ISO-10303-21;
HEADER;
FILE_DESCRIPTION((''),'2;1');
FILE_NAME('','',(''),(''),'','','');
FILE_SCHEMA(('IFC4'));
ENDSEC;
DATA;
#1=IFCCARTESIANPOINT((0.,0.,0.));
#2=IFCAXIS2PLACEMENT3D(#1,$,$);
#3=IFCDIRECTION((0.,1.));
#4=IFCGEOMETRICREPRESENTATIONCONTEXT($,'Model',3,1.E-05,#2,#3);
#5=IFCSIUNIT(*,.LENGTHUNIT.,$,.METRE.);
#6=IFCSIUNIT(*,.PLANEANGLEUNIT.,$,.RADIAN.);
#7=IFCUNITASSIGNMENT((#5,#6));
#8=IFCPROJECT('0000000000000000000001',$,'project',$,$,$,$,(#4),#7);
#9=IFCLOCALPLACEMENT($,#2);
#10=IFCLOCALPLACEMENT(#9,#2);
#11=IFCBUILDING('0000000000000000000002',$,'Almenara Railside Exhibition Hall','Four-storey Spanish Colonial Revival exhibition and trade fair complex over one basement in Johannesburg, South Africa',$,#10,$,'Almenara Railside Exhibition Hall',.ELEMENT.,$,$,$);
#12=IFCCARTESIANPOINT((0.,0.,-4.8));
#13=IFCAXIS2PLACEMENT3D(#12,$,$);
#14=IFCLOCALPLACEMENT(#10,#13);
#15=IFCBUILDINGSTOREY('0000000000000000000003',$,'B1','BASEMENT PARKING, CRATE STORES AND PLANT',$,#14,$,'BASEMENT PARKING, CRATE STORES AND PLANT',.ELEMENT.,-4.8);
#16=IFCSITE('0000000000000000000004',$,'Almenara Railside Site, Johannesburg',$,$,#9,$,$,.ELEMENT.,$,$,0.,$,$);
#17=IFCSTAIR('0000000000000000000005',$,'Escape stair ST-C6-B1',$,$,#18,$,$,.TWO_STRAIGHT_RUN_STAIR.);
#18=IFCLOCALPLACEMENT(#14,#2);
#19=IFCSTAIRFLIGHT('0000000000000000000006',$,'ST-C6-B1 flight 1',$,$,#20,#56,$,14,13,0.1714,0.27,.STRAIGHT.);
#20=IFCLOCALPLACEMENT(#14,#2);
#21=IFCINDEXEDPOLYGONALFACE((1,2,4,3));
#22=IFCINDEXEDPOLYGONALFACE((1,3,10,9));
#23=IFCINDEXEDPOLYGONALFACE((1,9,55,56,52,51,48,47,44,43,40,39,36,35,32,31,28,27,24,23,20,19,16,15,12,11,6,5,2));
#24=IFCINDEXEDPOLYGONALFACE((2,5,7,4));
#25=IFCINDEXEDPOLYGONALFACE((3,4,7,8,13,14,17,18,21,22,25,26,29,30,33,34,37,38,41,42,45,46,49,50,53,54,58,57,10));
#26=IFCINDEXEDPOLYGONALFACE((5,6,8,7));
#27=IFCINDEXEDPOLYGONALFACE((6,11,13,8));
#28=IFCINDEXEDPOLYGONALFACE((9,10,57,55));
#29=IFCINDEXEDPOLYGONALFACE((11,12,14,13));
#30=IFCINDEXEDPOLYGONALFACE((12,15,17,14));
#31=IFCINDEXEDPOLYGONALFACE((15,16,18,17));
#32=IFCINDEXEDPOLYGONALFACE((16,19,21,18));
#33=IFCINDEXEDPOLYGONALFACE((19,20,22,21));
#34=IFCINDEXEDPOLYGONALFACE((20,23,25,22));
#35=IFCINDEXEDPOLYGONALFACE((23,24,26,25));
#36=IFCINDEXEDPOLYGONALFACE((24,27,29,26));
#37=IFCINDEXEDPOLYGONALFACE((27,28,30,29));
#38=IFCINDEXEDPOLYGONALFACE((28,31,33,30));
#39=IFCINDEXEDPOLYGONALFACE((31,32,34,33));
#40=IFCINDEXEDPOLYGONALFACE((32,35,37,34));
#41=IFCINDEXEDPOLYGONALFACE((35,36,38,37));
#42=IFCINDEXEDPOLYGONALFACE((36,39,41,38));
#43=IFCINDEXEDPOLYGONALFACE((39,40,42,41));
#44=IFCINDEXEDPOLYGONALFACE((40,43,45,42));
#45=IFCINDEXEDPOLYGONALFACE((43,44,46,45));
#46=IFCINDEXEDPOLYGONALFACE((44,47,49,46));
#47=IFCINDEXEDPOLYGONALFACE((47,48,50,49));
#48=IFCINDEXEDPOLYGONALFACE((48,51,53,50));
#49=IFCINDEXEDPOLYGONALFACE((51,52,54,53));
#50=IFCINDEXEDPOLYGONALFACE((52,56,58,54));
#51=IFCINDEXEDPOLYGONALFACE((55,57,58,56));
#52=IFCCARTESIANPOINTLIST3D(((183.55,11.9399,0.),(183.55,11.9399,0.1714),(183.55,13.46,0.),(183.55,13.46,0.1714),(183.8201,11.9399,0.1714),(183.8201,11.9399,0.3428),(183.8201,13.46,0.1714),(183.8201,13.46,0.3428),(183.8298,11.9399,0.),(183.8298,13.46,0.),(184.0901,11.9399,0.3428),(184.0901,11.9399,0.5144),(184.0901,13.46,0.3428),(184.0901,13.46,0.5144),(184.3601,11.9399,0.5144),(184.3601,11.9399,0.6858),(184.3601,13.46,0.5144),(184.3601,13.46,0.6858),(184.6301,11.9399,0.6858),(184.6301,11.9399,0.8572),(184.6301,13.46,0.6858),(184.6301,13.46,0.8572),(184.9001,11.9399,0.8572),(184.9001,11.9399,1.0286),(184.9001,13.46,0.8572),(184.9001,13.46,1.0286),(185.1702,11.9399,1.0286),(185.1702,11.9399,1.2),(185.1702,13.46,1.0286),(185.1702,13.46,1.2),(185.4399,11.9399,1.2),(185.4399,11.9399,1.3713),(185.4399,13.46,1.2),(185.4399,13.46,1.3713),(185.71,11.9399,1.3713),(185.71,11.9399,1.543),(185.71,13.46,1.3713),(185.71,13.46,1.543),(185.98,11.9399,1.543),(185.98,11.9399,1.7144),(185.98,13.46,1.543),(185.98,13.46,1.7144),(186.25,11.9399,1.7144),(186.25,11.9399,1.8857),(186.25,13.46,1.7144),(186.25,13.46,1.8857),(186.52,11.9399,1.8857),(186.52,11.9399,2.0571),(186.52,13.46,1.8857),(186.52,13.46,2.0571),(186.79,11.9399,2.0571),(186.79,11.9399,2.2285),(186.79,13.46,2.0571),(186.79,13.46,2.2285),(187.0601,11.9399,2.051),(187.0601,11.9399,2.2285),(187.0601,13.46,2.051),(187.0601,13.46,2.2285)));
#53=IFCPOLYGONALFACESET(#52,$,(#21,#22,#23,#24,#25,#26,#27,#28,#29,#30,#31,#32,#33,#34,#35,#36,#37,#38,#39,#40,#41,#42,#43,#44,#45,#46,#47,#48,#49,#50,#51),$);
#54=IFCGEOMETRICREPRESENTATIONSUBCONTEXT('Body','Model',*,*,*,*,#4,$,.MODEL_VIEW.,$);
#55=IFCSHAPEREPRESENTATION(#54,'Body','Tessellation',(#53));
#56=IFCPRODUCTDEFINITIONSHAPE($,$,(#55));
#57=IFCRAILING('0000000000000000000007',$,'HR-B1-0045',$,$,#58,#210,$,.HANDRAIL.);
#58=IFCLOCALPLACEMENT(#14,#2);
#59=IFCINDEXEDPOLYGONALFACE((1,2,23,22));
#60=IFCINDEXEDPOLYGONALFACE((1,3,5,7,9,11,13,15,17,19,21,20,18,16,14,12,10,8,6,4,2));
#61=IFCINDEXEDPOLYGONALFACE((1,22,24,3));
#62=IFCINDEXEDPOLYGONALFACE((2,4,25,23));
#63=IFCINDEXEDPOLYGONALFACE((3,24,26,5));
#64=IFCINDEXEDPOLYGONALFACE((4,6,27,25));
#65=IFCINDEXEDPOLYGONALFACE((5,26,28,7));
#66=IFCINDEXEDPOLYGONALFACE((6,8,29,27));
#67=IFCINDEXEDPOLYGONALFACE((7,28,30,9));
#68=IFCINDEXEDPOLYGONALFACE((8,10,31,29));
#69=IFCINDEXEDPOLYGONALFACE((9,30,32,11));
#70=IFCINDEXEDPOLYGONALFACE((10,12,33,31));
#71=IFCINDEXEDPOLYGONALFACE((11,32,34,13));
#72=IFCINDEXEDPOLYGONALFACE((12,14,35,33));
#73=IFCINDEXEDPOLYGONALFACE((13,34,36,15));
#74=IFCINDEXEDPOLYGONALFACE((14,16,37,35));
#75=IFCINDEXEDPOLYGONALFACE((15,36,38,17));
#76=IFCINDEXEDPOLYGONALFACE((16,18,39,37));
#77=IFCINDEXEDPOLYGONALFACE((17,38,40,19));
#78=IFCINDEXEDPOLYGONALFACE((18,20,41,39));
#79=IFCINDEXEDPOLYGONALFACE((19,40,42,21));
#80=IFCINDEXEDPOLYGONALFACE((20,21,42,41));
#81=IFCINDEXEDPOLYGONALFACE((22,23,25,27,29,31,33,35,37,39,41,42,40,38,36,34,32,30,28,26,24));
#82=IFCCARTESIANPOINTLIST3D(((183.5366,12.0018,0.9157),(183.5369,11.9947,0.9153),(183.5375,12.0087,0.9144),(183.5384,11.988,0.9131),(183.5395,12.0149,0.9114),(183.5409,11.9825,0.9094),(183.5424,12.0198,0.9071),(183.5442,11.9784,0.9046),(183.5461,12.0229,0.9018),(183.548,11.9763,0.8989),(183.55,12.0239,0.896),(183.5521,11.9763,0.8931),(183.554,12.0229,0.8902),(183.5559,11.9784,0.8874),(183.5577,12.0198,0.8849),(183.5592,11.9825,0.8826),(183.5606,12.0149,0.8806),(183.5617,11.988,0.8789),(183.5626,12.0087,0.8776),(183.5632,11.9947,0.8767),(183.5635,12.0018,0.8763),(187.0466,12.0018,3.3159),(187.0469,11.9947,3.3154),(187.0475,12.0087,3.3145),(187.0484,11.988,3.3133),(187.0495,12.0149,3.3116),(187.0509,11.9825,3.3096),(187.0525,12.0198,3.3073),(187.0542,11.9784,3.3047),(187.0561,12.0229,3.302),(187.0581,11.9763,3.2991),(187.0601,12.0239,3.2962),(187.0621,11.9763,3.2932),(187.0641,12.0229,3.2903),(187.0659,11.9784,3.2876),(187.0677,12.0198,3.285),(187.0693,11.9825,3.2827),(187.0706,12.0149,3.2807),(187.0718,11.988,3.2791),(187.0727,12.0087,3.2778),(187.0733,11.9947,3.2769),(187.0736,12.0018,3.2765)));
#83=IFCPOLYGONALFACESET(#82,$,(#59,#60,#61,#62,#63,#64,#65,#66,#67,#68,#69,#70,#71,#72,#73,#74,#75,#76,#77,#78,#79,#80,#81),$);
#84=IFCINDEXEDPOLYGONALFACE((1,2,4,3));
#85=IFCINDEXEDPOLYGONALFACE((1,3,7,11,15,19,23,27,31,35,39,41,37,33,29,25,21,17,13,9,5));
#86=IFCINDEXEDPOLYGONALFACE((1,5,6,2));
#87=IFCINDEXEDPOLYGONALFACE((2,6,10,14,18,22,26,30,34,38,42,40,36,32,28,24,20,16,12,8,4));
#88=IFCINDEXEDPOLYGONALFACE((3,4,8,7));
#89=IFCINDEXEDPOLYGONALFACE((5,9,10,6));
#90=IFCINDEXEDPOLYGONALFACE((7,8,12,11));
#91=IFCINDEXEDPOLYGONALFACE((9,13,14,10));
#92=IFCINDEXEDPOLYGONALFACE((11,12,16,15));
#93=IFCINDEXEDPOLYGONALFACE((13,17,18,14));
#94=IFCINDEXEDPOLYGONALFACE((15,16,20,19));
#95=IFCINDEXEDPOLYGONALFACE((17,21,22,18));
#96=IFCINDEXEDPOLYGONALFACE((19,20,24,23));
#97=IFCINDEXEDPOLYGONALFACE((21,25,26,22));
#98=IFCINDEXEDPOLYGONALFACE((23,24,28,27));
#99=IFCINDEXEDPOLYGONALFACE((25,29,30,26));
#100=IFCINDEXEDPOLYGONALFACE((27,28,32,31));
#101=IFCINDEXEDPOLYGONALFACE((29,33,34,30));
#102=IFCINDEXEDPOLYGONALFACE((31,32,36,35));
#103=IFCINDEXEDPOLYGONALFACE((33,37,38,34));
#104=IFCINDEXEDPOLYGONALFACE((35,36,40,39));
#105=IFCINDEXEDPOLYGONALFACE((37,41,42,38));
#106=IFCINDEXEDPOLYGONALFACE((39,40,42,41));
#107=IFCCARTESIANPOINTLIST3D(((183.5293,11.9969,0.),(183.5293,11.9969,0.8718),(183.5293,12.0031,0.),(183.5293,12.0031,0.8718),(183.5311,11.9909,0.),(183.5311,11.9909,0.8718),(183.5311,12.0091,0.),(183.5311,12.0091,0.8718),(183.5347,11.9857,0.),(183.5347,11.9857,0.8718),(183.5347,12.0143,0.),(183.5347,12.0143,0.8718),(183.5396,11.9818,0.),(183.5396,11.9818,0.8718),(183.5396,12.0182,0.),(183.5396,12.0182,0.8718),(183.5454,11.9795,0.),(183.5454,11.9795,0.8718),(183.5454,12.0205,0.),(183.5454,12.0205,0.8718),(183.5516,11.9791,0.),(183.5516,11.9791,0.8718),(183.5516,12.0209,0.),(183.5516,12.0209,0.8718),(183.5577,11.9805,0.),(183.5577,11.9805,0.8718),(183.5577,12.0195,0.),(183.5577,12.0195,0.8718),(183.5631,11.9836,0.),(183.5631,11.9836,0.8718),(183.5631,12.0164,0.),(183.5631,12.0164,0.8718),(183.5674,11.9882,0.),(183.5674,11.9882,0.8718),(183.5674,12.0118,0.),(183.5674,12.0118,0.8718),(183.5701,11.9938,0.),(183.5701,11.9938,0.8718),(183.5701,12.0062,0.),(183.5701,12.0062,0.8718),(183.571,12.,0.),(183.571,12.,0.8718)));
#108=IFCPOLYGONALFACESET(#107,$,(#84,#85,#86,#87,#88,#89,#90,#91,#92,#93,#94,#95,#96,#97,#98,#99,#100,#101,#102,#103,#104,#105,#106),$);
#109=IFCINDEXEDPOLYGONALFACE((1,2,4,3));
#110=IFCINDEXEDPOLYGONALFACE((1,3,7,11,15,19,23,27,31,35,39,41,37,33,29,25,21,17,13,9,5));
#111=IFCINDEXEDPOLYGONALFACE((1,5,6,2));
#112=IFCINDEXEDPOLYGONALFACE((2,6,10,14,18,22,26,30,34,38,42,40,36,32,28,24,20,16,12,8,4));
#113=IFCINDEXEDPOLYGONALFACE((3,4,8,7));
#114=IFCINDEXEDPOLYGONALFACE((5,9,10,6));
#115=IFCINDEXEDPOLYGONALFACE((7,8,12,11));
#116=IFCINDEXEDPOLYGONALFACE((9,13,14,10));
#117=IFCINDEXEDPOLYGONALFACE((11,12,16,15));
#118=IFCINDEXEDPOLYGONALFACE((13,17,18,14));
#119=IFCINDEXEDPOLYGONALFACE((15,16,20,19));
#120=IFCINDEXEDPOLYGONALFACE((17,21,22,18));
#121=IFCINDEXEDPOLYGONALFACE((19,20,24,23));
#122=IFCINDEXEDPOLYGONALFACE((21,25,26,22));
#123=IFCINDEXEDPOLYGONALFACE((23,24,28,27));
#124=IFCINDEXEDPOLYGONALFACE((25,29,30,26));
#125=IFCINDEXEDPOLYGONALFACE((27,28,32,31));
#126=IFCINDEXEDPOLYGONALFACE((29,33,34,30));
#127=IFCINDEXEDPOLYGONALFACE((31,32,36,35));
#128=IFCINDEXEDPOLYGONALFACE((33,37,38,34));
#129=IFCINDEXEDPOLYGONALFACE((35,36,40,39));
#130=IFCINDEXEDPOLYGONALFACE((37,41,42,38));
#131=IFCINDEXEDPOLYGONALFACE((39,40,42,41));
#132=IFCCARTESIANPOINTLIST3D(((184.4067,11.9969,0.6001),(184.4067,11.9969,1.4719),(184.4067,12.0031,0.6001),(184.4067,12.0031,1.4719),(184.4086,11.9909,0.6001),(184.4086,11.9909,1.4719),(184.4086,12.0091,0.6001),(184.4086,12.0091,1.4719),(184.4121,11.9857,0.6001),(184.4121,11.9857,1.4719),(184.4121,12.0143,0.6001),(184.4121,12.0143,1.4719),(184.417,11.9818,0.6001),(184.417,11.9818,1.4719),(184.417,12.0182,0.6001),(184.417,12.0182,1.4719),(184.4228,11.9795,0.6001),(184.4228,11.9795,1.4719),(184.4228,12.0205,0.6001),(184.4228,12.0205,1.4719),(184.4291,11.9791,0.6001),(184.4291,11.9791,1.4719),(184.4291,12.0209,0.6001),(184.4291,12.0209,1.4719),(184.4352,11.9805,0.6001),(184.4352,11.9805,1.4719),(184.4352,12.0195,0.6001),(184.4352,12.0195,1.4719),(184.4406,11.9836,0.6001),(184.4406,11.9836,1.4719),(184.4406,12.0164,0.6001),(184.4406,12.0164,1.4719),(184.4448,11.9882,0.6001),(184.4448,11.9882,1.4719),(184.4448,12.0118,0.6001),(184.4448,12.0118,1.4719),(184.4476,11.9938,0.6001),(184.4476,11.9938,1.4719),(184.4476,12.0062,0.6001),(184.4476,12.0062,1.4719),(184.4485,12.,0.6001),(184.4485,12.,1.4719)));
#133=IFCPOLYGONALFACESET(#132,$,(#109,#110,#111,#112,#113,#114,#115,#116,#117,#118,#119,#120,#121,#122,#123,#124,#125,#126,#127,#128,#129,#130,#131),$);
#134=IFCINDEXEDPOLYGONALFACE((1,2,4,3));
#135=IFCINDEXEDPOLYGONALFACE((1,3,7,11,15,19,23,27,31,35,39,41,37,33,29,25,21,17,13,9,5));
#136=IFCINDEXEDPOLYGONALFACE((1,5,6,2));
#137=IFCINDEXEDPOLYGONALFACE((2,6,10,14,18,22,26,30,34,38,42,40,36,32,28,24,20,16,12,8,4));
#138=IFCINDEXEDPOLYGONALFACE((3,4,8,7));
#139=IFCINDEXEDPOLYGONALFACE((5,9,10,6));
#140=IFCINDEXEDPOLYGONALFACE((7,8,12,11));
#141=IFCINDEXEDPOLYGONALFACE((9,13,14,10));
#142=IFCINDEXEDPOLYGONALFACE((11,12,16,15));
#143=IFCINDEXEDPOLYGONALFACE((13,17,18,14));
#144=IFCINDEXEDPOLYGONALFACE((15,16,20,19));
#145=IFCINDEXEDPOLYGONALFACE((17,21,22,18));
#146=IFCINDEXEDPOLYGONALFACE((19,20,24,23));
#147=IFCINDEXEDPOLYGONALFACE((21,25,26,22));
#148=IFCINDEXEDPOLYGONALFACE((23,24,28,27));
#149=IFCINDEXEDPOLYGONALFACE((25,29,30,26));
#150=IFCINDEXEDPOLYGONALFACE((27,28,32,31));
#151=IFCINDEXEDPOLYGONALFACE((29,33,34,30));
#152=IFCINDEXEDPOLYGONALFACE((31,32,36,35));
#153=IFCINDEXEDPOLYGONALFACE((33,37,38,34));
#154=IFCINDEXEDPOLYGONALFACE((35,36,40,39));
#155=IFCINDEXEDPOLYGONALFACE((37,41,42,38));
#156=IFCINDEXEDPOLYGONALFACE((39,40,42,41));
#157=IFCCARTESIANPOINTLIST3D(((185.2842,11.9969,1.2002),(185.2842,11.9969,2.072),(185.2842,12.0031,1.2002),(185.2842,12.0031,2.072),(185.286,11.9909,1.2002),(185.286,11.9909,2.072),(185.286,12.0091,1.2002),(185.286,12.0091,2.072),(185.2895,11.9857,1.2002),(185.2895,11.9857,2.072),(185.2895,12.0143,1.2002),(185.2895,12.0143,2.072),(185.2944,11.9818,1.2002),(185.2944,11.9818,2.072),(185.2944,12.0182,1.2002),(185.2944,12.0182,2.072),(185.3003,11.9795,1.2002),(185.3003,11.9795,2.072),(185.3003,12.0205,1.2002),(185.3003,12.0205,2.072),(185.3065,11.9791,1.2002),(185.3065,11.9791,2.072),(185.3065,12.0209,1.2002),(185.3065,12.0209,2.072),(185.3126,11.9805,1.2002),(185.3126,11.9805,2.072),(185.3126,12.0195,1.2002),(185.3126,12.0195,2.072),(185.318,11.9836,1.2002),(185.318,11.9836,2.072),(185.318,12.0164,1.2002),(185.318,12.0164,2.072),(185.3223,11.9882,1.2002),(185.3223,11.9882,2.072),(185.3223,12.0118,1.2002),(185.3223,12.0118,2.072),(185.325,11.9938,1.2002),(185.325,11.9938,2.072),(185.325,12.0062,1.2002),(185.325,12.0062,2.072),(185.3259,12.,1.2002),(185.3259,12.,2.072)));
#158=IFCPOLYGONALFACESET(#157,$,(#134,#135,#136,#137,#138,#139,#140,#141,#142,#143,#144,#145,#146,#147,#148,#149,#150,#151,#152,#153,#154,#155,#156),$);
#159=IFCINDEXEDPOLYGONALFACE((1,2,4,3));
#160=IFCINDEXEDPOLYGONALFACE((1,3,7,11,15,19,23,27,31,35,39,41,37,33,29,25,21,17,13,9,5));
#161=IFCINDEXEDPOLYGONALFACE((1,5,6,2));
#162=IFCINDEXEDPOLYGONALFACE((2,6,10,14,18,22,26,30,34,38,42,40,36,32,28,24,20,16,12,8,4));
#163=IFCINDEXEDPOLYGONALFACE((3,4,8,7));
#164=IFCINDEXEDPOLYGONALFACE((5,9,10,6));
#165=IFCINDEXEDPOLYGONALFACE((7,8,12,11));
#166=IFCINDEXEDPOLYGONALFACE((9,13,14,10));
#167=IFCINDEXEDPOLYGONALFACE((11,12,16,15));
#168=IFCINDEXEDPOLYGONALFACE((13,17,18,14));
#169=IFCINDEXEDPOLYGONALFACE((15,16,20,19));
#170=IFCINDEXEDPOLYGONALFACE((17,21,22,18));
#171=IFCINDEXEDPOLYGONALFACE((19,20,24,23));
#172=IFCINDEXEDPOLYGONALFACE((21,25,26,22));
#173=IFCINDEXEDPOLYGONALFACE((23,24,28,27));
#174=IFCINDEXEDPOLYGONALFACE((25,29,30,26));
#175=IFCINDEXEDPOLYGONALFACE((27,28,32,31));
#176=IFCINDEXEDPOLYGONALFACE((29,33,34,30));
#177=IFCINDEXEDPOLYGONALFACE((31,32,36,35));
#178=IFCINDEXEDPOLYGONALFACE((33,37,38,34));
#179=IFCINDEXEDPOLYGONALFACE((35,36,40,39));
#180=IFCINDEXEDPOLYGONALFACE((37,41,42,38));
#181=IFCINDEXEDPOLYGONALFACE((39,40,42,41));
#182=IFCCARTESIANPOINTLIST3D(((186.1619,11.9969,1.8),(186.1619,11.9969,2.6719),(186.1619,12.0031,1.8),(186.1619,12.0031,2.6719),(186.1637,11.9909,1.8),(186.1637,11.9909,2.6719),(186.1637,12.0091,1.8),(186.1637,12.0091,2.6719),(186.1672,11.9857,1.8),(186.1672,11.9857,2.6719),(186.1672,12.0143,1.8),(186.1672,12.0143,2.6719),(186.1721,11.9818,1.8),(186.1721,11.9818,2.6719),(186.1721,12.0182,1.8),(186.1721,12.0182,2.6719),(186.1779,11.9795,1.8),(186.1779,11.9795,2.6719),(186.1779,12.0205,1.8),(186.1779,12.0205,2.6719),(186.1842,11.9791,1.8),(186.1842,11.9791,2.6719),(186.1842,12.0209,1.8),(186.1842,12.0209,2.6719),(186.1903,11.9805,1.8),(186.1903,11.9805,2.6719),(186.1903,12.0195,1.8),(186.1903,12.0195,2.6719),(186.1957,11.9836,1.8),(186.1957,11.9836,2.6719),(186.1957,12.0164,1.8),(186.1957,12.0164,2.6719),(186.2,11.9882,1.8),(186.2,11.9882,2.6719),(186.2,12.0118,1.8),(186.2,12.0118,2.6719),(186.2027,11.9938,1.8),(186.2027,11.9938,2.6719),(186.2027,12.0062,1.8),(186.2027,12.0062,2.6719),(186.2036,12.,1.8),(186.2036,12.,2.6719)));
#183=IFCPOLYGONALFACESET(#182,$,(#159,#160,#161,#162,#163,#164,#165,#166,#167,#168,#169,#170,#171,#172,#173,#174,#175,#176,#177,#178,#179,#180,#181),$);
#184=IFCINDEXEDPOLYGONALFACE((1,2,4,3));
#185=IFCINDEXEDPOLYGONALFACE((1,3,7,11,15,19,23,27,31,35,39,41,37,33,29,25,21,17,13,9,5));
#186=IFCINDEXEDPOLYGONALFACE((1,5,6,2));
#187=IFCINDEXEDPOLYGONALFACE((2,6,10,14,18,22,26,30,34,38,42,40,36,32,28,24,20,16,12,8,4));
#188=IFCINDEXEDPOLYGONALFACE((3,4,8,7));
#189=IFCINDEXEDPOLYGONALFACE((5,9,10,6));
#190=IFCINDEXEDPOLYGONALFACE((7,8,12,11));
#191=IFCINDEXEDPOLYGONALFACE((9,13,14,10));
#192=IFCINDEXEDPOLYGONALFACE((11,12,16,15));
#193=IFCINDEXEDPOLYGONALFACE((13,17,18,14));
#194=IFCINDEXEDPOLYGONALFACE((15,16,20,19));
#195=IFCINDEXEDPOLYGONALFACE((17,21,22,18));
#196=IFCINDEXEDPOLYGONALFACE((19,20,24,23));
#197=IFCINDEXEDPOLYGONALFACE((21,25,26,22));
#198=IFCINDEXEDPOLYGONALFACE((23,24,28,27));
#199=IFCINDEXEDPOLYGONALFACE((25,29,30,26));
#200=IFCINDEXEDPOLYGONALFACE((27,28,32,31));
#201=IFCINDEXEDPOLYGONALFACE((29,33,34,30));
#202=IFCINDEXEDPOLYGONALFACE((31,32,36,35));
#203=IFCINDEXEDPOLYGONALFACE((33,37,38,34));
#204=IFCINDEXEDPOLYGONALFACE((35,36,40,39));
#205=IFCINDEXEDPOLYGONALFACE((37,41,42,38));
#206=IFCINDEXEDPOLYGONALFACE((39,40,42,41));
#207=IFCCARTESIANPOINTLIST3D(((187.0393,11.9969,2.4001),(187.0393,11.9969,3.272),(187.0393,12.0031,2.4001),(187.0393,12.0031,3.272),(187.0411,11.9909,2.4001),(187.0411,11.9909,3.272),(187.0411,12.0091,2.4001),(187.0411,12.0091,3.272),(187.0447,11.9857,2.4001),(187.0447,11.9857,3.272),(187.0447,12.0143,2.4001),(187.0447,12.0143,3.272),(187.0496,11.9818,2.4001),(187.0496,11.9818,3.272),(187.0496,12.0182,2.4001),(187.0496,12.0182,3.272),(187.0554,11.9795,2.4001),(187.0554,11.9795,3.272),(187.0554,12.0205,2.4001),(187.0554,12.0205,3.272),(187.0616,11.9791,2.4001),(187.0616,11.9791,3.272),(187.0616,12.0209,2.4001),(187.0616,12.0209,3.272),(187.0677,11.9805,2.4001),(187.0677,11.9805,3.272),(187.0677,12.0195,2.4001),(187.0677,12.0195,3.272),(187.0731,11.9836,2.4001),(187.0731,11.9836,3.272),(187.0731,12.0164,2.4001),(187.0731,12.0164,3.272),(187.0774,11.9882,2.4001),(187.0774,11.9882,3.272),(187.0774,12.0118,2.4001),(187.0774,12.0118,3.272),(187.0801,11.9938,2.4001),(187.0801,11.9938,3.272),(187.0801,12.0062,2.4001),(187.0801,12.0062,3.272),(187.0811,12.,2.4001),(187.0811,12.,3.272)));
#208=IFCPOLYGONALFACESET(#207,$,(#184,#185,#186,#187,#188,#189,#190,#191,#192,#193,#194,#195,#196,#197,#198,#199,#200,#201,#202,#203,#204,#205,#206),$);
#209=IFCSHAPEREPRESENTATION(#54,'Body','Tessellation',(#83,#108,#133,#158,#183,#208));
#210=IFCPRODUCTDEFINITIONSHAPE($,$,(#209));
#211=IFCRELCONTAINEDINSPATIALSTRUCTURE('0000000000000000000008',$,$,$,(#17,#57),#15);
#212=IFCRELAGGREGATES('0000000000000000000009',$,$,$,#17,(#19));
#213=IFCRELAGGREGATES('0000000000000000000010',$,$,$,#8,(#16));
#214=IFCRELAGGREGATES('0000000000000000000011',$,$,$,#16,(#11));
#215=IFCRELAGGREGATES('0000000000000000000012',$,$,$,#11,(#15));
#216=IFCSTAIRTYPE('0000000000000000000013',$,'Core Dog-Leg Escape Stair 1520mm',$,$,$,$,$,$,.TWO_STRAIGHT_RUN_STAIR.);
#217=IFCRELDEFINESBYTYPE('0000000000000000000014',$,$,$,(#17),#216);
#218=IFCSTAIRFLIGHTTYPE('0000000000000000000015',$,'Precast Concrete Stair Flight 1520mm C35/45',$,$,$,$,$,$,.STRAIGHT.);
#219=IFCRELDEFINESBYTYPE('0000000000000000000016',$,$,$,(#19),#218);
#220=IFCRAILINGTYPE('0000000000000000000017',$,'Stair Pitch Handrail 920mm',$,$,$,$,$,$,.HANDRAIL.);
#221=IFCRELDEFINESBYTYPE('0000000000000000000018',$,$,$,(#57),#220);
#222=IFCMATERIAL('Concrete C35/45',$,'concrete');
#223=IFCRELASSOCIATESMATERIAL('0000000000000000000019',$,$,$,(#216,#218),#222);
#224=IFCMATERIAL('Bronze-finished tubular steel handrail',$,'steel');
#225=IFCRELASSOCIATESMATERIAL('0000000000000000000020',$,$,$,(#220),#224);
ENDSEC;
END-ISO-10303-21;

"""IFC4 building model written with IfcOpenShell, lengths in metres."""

from ifc_helpers import new_model, si_unit, direction, frame, origin, origin_2d, place, context, subcontext, project, spatial, polyline, circle, outline, extrude, material, type_object, element, aggregate, save


model = new_model("IFC4")

# Units and contexts
model_context = context("Model", 3, precision=1e-05, world=origin(), true_north=direction((0.0, 1.0)))
body_context = subcontext(model_context, "Body", "Model", "MODEL_VIEW")
ifc_project = project(units=[si_unit("LENGTHUNIT", "METRE"), si_unit("PLANEANGLEUNIT", "RADIAN")], contexts=[model_context])

# Site, building, storey
site_placement = place(None, origin())
site = spatial("IfcSite", under=ifc_project, at=site_placement, Name="Almenara Railside Site, Johannesburg", CompositionType="ELEMENT", RefElevation=0.0)
building_placement = place(site_placement, origin())
building = spatial("IfcBuilding", under=site, at=building_placement, Name="Almenara Railside Exhibition Hall", Description="Four-storey Spanish Colonial Revival exhibition and trade fair complex over one basement in Johannesburg, South Africa", LongName="Almenara Railside Exhibition Hall", CompositionType="ELEMENT")
storey_placement = place(building_placement, frame((0.0, 0.0, -4.8)))
storey = spatial("IfcBuildingStorey", under=building, at=storey_placement, Name="B1", Description="BASEMENT PARKING, CRATE STORES AND PLANT", LongName="BASEMENT PARKING, CRATE STORES AND PLANT", CompositionType="ELEMENT", Elevation=-4.8)

# Shared definitions
ifc_material_1 = material(Name="Concrete C35/45", Category="concrete")

# Stair, stair flight
stair_type = type_object("IfcStairType", Name="Core Dog-Leg Escape Stair 1520mm", PredefinedType="TWO_STRAIGHT_RUN_STAIR", material=ifc_material_1)
stair_placement = place(storey_placement, origin())
stair = element("IfcStair", 1, at=stair_placement, inside=storey, type_object=stair_type, Name="Escape stair ST-C6-B1", PredefinedType="TWO_STRAIGHT_RUN_STAIR")
stair_flight_type = type_object("IfcStairFlightType", Name="Precast Concrete Stair Flight 1520mm C35/45", PredefinedType="STRAIGHT", material=ifc_material_1)
stair_flight_placement = place(storey_placement, frame((183.55, 12.7, 0.0), z_axis=(0.0, 0.0, 1.0), x_axis=(1.0, 0.0, 0.0)))
stair_flight = element("IfcStairFlight", 2, at=stair_flight_placement, type_object=stair_flight_type, Name="ST-C6-B1 flight 1", NumberOfRisers=14, NumberOfTreads=13, PredefinedType="STRAIGHT", RiserHeight=0.1714, TreadLength=0.27, context=body_context, shape_type="SweptSolid", body=[
    extrude(outline(polyline([(0.0, 0.0), (0.0, 0.1714), (0.27, 0.1714), (0.27, 0.3428), (0.54, 0.3428), (0.54, 0.5144), (0.8101, 0.5144), (0.8101, 0.6858), (1.0801, 0.6858), (1.0801, 0.8572), (1.3501, 0.8572), (1.3501, 1.0286), (1.6201, 1.0286), (1.6201, 1.2), (1.8899, 1.2), (1.8899, 1.3713), (2.1599, 1.3713), (2.1599, 1.543), (2.4299, 1.543), (2.4299, 1.7144), (2.7, 1.7144), (2.7, 1.8857), (2.97, 1.8857), (2.97, 2.0571), (3.24, 2.0571), (3.24, 2.2285), (3.51, 2.2285), (3.51, 2.3999), (3.51, 2.051), (0.2798, 0.0), (0.0, 0.0)])), frame((0.0, 0.76, 0.0), z_axis=(0.0, -1.0, 0.0), x_axis=(1.0, 0.0, 0.0)), (0.0, 0.0, 1.0), 1.52),
])
aggregate(stair, [stair_flight])

# Railing
ifc_material_2 = material(Name="Bronze-finished tubular steel handrail", Category="steel")
railing_type_1 = type_object("IfcRailingType", Name="Stair Pitch Handrail 920mm", PredefinedType="HANDRAIL", material=ifc_material_2)
railing_1_placement = place(storey_placement, frame((183.55, 12.0, 0.0)))
element("IfcRailing", 3, at=railing_1_placement, inside=storey, type_object=railing_type_1, Name="HR-B1-0045", PredefinedType="HANDRAIL", context=body_context, shape_type="SweptSolid", body=[
    extrude(circle(Radius=0.0239, at=origin_2d()), frame((0.0, 0.0, 0.896), z_axis=(0.825465, 0.0, 0.564453), x_axis=(0.0, 1.0, 0.0)), (0.0, 0.0, 1.0), 4.2522),
    extrude(circle(Radius=0.021, at=origin_2d()), origin(), (0.0, 0.0, 1.0), 0.8718),
    extrude(circle(Radius=0.021, at=origin_2d()), frame((0.8774, 0.0, 0.6001)), (0.0, 0.0, 1.0), 0.8718),
    extrude(circle(Radius=0.021, at=origin_2d()), frame((1.7549, 0.0, 1.2002)), (0.0, 0.0, 1.0), 0.8718),
    extrude(circle(Radius=0.021, at=origin_2d()), frame((2.6326, 0.0, 1.8)), (0.0, 0.0, 1.0), 0.8718),
    extrude(circle(Radius=0.021, at=origin_2d()), frame((3.51, 0.0, 2.4001)), (0.0, 0.0, 1.0), 0.8718),
])

save(model, "model.ifc")
